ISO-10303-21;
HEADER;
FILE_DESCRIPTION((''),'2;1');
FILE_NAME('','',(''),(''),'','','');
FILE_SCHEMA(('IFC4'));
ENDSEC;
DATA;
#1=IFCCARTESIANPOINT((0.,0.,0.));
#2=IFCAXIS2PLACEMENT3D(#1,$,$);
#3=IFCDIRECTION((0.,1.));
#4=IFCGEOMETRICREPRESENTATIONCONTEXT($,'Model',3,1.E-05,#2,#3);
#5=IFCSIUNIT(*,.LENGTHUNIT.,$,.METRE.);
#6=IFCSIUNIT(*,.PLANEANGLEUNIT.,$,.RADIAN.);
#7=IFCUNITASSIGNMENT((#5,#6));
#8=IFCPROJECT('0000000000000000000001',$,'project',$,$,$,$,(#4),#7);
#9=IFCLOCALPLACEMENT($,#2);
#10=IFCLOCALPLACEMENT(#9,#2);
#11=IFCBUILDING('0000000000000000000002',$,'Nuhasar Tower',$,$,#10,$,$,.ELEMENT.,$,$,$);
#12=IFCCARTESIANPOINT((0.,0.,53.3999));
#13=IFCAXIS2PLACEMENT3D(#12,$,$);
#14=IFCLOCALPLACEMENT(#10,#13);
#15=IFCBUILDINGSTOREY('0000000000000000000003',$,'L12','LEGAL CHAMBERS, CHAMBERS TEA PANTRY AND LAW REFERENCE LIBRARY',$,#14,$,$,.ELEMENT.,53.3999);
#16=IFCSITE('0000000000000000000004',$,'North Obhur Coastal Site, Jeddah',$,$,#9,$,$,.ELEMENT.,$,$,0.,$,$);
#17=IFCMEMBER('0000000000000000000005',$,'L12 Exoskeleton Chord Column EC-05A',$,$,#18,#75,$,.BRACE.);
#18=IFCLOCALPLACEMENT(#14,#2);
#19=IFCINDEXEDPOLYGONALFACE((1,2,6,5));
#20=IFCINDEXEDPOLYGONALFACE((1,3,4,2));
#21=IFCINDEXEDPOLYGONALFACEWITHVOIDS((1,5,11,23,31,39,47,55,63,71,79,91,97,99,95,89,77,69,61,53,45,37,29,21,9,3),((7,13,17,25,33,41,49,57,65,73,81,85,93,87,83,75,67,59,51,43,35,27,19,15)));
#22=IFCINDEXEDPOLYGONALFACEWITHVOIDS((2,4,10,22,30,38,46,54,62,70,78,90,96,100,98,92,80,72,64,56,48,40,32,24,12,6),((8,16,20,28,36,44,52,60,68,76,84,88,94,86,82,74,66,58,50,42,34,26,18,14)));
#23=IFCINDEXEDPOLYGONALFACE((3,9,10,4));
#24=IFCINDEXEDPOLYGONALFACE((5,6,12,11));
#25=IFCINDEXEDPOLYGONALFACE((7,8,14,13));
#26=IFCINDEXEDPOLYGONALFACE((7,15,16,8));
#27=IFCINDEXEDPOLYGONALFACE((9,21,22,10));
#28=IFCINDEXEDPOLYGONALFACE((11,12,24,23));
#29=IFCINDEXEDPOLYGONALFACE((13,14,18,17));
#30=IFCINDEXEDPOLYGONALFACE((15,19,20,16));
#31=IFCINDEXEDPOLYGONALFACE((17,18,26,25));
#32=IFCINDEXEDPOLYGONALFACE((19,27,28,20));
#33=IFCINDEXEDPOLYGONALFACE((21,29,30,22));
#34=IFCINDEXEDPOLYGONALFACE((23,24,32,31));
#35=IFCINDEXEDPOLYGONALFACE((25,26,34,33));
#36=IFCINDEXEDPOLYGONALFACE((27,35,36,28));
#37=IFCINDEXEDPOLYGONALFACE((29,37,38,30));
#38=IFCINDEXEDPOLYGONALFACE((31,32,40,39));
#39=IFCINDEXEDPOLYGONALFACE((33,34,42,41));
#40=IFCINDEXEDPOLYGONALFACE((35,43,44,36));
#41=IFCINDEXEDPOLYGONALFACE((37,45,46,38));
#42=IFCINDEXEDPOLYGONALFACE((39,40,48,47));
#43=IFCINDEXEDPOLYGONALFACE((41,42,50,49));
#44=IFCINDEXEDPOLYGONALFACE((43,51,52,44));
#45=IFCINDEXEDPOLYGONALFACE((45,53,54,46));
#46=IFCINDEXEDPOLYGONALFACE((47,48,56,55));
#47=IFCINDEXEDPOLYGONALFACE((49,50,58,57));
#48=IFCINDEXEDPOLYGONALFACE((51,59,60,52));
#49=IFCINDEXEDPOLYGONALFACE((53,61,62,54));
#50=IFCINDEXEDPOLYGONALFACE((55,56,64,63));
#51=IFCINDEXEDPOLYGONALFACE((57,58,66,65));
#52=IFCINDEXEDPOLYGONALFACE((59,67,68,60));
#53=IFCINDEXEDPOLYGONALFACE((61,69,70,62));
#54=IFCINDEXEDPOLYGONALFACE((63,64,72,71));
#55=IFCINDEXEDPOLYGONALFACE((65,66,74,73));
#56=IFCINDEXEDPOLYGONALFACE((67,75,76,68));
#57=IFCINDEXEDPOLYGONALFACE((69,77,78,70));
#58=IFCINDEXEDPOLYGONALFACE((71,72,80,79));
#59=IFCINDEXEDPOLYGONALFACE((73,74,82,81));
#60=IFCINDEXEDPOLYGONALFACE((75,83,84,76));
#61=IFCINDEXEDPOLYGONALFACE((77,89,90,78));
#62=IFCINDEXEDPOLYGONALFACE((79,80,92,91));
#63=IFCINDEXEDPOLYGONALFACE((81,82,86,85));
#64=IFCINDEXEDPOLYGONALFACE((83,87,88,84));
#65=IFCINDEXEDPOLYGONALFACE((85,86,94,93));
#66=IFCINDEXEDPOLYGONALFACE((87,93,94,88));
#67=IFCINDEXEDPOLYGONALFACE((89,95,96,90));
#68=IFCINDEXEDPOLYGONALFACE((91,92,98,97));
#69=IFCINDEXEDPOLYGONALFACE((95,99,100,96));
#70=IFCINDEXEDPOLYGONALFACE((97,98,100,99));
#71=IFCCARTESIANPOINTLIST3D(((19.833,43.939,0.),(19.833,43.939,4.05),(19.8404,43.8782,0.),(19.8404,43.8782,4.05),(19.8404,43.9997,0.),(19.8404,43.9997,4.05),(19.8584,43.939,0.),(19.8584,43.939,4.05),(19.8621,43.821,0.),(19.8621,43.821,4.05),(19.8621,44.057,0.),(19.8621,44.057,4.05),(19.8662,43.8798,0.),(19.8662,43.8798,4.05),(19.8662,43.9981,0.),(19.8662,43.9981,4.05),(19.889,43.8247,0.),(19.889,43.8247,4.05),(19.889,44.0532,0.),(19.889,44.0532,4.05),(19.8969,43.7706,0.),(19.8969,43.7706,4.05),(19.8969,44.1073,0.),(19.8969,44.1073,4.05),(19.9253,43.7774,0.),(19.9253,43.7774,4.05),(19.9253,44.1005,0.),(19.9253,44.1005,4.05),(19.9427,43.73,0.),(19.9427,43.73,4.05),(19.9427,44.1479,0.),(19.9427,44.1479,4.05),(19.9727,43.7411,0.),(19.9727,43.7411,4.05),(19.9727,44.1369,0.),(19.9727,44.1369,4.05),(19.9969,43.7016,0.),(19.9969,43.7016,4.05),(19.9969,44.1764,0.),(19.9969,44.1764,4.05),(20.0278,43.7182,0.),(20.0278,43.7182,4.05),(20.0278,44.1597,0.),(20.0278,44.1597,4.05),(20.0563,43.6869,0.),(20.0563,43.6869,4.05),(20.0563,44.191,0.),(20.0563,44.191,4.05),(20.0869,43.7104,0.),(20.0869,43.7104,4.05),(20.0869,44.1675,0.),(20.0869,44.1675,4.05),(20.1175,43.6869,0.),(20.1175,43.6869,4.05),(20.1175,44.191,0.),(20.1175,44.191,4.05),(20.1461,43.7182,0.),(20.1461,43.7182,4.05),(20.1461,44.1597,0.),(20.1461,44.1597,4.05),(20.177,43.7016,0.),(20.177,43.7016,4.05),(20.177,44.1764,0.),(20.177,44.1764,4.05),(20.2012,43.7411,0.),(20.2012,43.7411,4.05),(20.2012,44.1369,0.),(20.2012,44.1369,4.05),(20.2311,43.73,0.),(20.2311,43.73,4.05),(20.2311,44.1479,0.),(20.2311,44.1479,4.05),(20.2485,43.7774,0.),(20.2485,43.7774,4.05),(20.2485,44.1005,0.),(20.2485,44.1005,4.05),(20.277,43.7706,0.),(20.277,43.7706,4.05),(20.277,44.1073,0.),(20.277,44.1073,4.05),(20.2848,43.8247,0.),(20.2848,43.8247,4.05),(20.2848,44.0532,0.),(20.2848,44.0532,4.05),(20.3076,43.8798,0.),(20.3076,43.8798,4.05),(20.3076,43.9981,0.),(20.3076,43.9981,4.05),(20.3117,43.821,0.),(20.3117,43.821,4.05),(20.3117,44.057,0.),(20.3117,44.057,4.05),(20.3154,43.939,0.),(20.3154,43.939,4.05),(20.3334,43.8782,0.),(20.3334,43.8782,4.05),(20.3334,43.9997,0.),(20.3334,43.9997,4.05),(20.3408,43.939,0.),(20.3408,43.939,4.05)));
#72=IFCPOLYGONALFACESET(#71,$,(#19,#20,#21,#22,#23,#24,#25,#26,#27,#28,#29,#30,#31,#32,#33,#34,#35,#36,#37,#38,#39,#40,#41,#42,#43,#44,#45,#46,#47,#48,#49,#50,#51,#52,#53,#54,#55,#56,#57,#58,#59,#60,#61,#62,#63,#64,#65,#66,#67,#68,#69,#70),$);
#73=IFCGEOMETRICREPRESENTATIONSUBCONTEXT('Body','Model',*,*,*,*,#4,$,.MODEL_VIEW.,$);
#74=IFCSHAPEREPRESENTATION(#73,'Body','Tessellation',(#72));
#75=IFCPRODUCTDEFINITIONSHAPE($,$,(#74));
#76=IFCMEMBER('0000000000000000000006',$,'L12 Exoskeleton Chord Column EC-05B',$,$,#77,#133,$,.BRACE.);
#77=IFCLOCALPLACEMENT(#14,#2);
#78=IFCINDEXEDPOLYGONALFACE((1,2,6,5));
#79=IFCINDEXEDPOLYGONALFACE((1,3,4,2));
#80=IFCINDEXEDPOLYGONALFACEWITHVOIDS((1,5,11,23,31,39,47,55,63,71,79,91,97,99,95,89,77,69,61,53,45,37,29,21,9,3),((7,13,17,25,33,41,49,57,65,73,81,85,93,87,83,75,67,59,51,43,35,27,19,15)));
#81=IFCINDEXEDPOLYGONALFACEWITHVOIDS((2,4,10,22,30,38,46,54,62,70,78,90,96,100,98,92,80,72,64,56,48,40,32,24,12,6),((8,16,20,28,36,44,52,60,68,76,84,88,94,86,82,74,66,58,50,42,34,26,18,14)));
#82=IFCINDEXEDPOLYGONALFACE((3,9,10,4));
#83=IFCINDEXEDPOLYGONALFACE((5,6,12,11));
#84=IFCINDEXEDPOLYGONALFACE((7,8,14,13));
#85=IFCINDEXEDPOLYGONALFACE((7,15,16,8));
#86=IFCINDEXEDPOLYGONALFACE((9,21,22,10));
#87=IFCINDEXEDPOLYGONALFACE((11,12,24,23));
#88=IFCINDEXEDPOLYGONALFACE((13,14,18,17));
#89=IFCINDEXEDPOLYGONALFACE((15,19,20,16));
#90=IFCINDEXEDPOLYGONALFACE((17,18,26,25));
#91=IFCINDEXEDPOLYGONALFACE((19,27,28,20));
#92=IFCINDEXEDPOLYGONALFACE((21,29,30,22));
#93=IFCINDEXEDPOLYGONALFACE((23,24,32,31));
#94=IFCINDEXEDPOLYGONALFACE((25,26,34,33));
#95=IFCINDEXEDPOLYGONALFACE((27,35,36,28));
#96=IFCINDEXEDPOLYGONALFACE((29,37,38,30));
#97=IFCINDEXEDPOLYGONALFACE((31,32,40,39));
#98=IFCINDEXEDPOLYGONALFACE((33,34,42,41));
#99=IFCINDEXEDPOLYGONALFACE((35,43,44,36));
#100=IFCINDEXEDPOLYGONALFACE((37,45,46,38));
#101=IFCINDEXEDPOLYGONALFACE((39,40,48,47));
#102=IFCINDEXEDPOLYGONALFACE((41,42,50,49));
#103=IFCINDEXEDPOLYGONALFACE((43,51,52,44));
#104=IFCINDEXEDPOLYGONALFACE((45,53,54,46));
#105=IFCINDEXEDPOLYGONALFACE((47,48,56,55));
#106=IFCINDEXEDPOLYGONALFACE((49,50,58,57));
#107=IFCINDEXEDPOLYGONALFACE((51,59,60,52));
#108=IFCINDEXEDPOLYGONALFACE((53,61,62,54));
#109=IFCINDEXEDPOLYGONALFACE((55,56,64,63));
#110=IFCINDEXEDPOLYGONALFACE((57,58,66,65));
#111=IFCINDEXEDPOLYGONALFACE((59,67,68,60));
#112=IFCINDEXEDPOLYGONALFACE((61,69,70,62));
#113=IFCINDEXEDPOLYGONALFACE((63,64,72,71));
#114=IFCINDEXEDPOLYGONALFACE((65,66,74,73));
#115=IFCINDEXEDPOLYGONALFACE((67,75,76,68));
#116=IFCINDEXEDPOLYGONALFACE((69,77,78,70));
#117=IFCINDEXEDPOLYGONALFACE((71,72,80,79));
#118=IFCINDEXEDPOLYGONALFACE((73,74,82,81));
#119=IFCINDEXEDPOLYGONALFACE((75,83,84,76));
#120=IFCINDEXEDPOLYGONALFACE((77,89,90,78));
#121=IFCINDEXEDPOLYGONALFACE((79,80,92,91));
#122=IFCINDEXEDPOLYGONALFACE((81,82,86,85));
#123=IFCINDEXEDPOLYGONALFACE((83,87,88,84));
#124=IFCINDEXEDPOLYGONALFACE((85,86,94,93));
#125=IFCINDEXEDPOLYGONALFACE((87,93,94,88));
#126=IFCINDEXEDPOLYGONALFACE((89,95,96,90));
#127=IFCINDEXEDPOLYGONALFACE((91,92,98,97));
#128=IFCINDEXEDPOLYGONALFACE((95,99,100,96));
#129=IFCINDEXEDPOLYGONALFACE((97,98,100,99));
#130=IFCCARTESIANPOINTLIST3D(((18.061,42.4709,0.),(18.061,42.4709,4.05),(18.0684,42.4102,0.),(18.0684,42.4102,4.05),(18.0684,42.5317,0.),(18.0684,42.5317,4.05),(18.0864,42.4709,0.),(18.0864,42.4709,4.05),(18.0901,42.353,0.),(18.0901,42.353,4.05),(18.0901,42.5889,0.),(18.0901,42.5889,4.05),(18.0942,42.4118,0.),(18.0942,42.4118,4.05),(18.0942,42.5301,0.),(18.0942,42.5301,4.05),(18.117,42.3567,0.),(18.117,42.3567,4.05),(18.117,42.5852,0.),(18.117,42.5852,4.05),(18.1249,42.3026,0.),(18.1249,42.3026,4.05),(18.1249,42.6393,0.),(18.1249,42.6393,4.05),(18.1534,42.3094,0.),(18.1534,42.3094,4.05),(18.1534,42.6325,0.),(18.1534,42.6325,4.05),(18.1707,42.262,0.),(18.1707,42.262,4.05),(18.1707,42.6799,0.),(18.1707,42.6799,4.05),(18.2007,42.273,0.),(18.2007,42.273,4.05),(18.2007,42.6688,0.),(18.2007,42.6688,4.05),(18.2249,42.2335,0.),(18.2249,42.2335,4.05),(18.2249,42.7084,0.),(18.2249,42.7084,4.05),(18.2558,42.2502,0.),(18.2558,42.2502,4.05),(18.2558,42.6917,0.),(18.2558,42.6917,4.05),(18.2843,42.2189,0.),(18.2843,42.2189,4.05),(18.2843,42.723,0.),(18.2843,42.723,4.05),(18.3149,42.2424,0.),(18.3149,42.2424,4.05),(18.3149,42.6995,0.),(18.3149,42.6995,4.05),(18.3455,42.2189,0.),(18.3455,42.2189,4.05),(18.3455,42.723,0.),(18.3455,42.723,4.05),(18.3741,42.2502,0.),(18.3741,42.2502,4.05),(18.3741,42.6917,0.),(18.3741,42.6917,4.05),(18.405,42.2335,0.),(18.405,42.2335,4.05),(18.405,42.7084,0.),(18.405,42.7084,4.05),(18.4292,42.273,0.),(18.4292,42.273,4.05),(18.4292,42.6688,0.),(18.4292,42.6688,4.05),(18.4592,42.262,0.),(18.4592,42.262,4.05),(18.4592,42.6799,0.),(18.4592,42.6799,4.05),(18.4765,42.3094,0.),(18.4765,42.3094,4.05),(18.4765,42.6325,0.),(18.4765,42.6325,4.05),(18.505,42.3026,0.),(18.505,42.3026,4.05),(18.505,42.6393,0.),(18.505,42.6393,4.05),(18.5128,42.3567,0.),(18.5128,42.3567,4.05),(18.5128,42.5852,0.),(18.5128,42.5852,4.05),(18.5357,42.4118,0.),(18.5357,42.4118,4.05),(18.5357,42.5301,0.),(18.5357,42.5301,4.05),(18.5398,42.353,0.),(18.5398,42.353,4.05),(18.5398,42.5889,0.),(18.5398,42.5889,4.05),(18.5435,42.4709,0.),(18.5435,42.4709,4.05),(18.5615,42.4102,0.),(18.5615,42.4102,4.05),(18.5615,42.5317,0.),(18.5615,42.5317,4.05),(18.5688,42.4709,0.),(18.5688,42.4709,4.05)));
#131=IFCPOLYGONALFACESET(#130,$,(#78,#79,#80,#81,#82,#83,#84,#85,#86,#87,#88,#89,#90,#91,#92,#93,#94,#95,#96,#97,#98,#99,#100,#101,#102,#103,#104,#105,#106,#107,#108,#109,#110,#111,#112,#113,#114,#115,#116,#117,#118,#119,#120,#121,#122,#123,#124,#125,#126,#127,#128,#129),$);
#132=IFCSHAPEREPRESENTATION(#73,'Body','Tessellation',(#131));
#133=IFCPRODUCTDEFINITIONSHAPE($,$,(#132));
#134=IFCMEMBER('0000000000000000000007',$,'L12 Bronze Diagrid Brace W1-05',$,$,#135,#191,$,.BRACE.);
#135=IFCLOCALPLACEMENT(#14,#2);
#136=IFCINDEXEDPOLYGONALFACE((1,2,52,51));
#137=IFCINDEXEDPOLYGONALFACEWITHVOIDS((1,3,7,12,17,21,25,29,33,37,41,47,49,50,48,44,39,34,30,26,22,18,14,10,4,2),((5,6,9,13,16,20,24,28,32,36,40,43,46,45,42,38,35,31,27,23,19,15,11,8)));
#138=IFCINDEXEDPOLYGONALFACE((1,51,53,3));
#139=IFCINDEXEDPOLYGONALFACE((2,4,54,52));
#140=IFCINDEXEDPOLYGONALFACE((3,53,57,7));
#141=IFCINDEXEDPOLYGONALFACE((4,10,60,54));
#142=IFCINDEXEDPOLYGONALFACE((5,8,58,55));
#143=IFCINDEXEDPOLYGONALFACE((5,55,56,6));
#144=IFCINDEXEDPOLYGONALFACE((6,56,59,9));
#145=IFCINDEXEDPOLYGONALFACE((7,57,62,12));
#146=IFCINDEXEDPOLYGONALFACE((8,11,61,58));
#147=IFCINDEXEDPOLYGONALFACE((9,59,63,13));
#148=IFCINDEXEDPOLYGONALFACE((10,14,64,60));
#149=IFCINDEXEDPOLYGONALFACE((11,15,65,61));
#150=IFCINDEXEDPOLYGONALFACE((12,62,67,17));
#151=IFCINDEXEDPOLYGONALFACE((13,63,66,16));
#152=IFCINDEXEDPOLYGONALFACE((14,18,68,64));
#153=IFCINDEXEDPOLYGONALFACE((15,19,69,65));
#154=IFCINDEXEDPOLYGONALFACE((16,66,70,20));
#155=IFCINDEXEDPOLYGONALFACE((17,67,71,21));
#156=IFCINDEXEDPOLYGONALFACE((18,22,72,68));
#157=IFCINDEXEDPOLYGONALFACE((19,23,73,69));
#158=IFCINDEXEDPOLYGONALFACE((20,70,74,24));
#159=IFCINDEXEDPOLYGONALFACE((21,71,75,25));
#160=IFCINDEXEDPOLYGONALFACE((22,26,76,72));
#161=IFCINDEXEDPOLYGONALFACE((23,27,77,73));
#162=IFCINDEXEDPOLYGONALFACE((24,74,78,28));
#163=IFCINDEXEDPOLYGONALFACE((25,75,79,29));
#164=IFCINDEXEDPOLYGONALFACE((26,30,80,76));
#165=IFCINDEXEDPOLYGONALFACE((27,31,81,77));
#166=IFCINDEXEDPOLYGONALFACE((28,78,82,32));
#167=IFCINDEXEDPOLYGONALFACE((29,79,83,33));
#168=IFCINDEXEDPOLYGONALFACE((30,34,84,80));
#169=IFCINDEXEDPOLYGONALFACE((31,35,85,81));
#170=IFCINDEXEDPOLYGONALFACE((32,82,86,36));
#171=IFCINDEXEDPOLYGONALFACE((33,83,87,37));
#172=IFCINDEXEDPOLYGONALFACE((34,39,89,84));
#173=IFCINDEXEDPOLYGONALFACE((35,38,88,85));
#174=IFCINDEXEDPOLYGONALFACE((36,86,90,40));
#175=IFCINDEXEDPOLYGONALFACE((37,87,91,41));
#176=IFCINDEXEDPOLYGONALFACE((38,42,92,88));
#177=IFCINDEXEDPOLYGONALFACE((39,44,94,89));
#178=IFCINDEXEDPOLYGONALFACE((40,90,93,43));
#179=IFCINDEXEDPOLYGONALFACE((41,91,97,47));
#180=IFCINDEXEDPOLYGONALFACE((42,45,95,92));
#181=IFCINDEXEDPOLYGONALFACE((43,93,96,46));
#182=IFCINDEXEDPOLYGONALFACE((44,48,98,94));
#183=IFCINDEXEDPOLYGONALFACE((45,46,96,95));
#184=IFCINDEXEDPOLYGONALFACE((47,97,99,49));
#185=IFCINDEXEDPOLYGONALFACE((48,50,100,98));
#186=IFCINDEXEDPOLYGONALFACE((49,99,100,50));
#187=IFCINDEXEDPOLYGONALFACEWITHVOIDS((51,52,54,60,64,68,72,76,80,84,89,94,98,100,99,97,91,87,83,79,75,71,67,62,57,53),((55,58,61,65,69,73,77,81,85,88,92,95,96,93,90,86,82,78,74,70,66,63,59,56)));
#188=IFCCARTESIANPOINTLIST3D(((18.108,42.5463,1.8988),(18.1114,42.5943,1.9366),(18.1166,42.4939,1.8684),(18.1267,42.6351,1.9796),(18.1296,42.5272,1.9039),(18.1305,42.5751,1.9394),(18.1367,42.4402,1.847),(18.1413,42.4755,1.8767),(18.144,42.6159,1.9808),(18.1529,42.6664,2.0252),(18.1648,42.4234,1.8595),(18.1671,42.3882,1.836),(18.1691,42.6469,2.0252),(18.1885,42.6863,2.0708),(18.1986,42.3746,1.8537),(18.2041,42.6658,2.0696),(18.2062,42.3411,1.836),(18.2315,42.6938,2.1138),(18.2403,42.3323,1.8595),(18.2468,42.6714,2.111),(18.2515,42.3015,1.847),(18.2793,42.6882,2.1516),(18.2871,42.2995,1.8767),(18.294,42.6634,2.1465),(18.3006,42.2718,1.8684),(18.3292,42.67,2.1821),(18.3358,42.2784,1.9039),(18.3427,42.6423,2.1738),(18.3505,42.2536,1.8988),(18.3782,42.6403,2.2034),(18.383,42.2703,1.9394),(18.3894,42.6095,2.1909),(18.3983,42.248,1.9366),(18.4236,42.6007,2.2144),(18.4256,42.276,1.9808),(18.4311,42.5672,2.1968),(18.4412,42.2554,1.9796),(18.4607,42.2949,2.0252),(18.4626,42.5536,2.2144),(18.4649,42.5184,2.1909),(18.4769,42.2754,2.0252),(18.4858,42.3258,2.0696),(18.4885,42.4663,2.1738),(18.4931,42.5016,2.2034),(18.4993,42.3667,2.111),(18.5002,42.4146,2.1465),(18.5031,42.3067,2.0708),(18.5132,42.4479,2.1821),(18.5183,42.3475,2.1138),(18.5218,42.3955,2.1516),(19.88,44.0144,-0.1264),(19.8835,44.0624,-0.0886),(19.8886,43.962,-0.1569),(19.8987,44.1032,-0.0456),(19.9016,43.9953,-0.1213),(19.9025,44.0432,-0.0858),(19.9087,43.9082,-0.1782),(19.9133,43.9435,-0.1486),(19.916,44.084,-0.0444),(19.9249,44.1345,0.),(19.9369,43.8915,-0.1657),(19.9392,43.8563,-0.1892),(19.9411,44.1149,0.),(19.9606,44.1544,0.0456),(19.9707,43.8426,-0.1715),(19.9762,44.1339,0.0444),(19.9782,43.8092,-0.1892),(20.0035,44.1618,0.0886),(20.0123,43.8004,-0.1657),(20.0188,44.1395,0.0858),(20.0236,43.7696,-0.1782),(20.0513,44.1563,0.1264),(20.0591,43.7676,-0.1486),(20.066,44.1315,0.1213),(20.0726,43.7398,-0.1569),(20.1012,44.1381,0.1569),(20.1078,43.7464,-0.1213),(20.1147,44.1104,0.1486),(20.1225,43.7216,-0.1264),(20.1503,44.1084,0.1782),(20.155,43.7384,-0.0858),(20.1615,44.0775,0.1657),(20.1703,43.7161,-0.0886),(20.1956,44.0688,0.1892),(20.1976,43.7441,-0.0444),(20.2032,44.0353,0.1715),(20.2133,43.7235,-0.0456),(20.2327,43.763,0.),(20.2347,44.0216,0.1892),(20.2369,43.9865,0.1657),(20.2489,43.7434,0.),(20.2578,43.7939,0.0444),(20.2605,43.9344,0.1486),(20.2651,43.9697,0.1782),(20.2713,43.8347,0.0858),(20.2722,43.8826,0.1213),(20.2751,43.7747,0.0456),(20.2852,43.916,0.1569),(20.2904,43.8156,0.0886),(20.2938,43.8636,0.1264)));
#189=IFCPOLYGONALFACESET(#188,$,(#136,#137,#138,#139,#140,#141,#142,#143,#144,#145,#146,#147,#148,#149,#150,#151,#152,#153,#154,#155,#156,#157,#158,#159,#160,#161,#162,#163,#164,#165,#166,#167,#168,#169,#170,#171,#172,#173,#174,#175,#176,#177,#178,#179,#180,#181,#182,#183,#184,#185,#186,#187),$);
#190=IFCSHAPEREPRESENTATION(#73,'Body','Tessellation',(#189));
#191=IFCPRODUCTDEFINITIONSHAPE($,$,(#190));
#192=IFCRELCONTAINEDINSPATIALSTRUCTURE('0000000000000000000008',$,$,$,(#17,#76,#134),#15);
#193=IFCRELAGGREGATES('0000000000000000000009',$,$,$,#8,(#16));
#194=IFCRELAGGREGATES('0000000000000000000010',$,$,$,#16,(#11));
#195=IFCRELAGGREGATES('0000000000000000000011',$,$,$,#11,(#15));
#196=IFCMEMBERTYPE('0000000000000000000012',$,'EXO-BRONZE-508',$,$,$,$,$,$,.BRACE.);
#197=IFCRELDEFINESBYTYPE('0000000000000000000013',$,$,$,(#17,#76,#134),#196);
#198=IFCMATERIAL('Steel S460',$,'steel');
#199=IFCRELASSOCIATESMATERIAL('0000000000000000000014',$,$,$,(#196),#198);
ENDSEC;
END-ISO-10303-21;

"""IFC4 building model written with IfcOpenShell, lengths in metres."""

from ifc_helpers import new_model, si_unit, direction, frame, origin, origin_2d, place, context, subcontext, project, spatial, hollow_circle, extrude, material, material_profile, profile_set, type_object, element, save


model = new_model("IFC4")

# Units and contexts
model_context = context("Model", 3, precision=1e-05, world=origin(), true_north=direction((0.0, 1.0)))
body_context = subcontext(model_context, "Body", "Model", "MODEL_VIEW")
ifc_project = project(units=[si_unit("LENGTHUNIT", "METRE"), si_unit("PLANEANGLEUNIT", "RADIAN")], contexts=[model_context])

# Site, building, storey
site_placement = place(None, origin())
site = spatial("IfcSite", under=ifc_project, at=site_placement, Name="North Obhur Coastal Site, Jeddah", CompositionType="ELEMENT", RefElevation=0.0)
building_placement = place(site_placement, origin())
building = spatial("IfcBuilding", under=site, at=building_placement, Name="Nuhasar Tower", CompositionType="ELEMENT")
storey_placement = place(building_placement, frame((0.0, 0.0, 53.3999)))
storey = spatial("IfcBuildingStorey", under=building, at=storey_placement, Name="L12", Description="LEGAL CHAMBERS, CHAMBERS TEA PANTRY AND LAW REFERENCE LIBRARY", CompositionType="ELEMENT", Elevation=53.3999)

# Members
ifc_material_1 = material(Name="Steel S460", Category="steel")
ifc_material_profile_1 = material_profile(ifc_material_1, hollow_circle(Radius=0.2539, WallThickness=0.0254, at=origin_2d()), Name="HSS508X25.4")
ifc_profile_set_1 = profile_set([ifc_material_profile_1], Name="Steel S460")
member_type_1 = type_object("IfcMemberType", Name="EXO-BRONZE-508", PredefinedType="BRACE", material=ifc_profile_set_1)
for number, where, z_axis, x_axis, name in (
    (1, (20.0869, 43.939, 0.0), (0.0, 0.0, 1.0), (1.0, 0.0, 0.0), "L12 Exoskeleton Chord Column EC-05A"),
    (2, (18.3149, 42.4709, 0.0), (0.0, 0.0, 1.0), (1.0, 0.0, 0.0), "L12 Exoskeleton Chord Column EC-05B"),
):
    element("IfcMember", number, at=place(storey_placement, frame(where, z_axis=z_axis, x_axis=x_axis)), inside=storey, type_object=member_type_1, Name=name, PredefinedType="BRACE", context=body_context, shape_type="SweptSolid", body=[
        extrude(hollow_circle(Radius=0.2539, WallThickness=0.0254, at=origin_2d()), origin(), (0.0, 0.0, 1.0), 4.05),
    ])
member_1_placement = place(storey_placement, frame((20.0869, 43.939, 0.0), z_axis=(-0.578071, -0.478912, 0.660664), x_axis=(0.637969, -0.770062, 0.0)))
element("IfcMember", 3, at=member_1_placement, inside=storey, type_object=member_type_1, Name="L12 Bronze Diagrid Brace W1-05", PredefinedType="BRACE", context=body_context, shape_type="SweptSolid", body=[
    extrude(hollow_circle(Radius=0.2539, WallThickness=0.0254, at=origin_2d()), origin(), (0.0, 0.0, 1.0), 3.0654),
])

save(model, "model.ifc")
